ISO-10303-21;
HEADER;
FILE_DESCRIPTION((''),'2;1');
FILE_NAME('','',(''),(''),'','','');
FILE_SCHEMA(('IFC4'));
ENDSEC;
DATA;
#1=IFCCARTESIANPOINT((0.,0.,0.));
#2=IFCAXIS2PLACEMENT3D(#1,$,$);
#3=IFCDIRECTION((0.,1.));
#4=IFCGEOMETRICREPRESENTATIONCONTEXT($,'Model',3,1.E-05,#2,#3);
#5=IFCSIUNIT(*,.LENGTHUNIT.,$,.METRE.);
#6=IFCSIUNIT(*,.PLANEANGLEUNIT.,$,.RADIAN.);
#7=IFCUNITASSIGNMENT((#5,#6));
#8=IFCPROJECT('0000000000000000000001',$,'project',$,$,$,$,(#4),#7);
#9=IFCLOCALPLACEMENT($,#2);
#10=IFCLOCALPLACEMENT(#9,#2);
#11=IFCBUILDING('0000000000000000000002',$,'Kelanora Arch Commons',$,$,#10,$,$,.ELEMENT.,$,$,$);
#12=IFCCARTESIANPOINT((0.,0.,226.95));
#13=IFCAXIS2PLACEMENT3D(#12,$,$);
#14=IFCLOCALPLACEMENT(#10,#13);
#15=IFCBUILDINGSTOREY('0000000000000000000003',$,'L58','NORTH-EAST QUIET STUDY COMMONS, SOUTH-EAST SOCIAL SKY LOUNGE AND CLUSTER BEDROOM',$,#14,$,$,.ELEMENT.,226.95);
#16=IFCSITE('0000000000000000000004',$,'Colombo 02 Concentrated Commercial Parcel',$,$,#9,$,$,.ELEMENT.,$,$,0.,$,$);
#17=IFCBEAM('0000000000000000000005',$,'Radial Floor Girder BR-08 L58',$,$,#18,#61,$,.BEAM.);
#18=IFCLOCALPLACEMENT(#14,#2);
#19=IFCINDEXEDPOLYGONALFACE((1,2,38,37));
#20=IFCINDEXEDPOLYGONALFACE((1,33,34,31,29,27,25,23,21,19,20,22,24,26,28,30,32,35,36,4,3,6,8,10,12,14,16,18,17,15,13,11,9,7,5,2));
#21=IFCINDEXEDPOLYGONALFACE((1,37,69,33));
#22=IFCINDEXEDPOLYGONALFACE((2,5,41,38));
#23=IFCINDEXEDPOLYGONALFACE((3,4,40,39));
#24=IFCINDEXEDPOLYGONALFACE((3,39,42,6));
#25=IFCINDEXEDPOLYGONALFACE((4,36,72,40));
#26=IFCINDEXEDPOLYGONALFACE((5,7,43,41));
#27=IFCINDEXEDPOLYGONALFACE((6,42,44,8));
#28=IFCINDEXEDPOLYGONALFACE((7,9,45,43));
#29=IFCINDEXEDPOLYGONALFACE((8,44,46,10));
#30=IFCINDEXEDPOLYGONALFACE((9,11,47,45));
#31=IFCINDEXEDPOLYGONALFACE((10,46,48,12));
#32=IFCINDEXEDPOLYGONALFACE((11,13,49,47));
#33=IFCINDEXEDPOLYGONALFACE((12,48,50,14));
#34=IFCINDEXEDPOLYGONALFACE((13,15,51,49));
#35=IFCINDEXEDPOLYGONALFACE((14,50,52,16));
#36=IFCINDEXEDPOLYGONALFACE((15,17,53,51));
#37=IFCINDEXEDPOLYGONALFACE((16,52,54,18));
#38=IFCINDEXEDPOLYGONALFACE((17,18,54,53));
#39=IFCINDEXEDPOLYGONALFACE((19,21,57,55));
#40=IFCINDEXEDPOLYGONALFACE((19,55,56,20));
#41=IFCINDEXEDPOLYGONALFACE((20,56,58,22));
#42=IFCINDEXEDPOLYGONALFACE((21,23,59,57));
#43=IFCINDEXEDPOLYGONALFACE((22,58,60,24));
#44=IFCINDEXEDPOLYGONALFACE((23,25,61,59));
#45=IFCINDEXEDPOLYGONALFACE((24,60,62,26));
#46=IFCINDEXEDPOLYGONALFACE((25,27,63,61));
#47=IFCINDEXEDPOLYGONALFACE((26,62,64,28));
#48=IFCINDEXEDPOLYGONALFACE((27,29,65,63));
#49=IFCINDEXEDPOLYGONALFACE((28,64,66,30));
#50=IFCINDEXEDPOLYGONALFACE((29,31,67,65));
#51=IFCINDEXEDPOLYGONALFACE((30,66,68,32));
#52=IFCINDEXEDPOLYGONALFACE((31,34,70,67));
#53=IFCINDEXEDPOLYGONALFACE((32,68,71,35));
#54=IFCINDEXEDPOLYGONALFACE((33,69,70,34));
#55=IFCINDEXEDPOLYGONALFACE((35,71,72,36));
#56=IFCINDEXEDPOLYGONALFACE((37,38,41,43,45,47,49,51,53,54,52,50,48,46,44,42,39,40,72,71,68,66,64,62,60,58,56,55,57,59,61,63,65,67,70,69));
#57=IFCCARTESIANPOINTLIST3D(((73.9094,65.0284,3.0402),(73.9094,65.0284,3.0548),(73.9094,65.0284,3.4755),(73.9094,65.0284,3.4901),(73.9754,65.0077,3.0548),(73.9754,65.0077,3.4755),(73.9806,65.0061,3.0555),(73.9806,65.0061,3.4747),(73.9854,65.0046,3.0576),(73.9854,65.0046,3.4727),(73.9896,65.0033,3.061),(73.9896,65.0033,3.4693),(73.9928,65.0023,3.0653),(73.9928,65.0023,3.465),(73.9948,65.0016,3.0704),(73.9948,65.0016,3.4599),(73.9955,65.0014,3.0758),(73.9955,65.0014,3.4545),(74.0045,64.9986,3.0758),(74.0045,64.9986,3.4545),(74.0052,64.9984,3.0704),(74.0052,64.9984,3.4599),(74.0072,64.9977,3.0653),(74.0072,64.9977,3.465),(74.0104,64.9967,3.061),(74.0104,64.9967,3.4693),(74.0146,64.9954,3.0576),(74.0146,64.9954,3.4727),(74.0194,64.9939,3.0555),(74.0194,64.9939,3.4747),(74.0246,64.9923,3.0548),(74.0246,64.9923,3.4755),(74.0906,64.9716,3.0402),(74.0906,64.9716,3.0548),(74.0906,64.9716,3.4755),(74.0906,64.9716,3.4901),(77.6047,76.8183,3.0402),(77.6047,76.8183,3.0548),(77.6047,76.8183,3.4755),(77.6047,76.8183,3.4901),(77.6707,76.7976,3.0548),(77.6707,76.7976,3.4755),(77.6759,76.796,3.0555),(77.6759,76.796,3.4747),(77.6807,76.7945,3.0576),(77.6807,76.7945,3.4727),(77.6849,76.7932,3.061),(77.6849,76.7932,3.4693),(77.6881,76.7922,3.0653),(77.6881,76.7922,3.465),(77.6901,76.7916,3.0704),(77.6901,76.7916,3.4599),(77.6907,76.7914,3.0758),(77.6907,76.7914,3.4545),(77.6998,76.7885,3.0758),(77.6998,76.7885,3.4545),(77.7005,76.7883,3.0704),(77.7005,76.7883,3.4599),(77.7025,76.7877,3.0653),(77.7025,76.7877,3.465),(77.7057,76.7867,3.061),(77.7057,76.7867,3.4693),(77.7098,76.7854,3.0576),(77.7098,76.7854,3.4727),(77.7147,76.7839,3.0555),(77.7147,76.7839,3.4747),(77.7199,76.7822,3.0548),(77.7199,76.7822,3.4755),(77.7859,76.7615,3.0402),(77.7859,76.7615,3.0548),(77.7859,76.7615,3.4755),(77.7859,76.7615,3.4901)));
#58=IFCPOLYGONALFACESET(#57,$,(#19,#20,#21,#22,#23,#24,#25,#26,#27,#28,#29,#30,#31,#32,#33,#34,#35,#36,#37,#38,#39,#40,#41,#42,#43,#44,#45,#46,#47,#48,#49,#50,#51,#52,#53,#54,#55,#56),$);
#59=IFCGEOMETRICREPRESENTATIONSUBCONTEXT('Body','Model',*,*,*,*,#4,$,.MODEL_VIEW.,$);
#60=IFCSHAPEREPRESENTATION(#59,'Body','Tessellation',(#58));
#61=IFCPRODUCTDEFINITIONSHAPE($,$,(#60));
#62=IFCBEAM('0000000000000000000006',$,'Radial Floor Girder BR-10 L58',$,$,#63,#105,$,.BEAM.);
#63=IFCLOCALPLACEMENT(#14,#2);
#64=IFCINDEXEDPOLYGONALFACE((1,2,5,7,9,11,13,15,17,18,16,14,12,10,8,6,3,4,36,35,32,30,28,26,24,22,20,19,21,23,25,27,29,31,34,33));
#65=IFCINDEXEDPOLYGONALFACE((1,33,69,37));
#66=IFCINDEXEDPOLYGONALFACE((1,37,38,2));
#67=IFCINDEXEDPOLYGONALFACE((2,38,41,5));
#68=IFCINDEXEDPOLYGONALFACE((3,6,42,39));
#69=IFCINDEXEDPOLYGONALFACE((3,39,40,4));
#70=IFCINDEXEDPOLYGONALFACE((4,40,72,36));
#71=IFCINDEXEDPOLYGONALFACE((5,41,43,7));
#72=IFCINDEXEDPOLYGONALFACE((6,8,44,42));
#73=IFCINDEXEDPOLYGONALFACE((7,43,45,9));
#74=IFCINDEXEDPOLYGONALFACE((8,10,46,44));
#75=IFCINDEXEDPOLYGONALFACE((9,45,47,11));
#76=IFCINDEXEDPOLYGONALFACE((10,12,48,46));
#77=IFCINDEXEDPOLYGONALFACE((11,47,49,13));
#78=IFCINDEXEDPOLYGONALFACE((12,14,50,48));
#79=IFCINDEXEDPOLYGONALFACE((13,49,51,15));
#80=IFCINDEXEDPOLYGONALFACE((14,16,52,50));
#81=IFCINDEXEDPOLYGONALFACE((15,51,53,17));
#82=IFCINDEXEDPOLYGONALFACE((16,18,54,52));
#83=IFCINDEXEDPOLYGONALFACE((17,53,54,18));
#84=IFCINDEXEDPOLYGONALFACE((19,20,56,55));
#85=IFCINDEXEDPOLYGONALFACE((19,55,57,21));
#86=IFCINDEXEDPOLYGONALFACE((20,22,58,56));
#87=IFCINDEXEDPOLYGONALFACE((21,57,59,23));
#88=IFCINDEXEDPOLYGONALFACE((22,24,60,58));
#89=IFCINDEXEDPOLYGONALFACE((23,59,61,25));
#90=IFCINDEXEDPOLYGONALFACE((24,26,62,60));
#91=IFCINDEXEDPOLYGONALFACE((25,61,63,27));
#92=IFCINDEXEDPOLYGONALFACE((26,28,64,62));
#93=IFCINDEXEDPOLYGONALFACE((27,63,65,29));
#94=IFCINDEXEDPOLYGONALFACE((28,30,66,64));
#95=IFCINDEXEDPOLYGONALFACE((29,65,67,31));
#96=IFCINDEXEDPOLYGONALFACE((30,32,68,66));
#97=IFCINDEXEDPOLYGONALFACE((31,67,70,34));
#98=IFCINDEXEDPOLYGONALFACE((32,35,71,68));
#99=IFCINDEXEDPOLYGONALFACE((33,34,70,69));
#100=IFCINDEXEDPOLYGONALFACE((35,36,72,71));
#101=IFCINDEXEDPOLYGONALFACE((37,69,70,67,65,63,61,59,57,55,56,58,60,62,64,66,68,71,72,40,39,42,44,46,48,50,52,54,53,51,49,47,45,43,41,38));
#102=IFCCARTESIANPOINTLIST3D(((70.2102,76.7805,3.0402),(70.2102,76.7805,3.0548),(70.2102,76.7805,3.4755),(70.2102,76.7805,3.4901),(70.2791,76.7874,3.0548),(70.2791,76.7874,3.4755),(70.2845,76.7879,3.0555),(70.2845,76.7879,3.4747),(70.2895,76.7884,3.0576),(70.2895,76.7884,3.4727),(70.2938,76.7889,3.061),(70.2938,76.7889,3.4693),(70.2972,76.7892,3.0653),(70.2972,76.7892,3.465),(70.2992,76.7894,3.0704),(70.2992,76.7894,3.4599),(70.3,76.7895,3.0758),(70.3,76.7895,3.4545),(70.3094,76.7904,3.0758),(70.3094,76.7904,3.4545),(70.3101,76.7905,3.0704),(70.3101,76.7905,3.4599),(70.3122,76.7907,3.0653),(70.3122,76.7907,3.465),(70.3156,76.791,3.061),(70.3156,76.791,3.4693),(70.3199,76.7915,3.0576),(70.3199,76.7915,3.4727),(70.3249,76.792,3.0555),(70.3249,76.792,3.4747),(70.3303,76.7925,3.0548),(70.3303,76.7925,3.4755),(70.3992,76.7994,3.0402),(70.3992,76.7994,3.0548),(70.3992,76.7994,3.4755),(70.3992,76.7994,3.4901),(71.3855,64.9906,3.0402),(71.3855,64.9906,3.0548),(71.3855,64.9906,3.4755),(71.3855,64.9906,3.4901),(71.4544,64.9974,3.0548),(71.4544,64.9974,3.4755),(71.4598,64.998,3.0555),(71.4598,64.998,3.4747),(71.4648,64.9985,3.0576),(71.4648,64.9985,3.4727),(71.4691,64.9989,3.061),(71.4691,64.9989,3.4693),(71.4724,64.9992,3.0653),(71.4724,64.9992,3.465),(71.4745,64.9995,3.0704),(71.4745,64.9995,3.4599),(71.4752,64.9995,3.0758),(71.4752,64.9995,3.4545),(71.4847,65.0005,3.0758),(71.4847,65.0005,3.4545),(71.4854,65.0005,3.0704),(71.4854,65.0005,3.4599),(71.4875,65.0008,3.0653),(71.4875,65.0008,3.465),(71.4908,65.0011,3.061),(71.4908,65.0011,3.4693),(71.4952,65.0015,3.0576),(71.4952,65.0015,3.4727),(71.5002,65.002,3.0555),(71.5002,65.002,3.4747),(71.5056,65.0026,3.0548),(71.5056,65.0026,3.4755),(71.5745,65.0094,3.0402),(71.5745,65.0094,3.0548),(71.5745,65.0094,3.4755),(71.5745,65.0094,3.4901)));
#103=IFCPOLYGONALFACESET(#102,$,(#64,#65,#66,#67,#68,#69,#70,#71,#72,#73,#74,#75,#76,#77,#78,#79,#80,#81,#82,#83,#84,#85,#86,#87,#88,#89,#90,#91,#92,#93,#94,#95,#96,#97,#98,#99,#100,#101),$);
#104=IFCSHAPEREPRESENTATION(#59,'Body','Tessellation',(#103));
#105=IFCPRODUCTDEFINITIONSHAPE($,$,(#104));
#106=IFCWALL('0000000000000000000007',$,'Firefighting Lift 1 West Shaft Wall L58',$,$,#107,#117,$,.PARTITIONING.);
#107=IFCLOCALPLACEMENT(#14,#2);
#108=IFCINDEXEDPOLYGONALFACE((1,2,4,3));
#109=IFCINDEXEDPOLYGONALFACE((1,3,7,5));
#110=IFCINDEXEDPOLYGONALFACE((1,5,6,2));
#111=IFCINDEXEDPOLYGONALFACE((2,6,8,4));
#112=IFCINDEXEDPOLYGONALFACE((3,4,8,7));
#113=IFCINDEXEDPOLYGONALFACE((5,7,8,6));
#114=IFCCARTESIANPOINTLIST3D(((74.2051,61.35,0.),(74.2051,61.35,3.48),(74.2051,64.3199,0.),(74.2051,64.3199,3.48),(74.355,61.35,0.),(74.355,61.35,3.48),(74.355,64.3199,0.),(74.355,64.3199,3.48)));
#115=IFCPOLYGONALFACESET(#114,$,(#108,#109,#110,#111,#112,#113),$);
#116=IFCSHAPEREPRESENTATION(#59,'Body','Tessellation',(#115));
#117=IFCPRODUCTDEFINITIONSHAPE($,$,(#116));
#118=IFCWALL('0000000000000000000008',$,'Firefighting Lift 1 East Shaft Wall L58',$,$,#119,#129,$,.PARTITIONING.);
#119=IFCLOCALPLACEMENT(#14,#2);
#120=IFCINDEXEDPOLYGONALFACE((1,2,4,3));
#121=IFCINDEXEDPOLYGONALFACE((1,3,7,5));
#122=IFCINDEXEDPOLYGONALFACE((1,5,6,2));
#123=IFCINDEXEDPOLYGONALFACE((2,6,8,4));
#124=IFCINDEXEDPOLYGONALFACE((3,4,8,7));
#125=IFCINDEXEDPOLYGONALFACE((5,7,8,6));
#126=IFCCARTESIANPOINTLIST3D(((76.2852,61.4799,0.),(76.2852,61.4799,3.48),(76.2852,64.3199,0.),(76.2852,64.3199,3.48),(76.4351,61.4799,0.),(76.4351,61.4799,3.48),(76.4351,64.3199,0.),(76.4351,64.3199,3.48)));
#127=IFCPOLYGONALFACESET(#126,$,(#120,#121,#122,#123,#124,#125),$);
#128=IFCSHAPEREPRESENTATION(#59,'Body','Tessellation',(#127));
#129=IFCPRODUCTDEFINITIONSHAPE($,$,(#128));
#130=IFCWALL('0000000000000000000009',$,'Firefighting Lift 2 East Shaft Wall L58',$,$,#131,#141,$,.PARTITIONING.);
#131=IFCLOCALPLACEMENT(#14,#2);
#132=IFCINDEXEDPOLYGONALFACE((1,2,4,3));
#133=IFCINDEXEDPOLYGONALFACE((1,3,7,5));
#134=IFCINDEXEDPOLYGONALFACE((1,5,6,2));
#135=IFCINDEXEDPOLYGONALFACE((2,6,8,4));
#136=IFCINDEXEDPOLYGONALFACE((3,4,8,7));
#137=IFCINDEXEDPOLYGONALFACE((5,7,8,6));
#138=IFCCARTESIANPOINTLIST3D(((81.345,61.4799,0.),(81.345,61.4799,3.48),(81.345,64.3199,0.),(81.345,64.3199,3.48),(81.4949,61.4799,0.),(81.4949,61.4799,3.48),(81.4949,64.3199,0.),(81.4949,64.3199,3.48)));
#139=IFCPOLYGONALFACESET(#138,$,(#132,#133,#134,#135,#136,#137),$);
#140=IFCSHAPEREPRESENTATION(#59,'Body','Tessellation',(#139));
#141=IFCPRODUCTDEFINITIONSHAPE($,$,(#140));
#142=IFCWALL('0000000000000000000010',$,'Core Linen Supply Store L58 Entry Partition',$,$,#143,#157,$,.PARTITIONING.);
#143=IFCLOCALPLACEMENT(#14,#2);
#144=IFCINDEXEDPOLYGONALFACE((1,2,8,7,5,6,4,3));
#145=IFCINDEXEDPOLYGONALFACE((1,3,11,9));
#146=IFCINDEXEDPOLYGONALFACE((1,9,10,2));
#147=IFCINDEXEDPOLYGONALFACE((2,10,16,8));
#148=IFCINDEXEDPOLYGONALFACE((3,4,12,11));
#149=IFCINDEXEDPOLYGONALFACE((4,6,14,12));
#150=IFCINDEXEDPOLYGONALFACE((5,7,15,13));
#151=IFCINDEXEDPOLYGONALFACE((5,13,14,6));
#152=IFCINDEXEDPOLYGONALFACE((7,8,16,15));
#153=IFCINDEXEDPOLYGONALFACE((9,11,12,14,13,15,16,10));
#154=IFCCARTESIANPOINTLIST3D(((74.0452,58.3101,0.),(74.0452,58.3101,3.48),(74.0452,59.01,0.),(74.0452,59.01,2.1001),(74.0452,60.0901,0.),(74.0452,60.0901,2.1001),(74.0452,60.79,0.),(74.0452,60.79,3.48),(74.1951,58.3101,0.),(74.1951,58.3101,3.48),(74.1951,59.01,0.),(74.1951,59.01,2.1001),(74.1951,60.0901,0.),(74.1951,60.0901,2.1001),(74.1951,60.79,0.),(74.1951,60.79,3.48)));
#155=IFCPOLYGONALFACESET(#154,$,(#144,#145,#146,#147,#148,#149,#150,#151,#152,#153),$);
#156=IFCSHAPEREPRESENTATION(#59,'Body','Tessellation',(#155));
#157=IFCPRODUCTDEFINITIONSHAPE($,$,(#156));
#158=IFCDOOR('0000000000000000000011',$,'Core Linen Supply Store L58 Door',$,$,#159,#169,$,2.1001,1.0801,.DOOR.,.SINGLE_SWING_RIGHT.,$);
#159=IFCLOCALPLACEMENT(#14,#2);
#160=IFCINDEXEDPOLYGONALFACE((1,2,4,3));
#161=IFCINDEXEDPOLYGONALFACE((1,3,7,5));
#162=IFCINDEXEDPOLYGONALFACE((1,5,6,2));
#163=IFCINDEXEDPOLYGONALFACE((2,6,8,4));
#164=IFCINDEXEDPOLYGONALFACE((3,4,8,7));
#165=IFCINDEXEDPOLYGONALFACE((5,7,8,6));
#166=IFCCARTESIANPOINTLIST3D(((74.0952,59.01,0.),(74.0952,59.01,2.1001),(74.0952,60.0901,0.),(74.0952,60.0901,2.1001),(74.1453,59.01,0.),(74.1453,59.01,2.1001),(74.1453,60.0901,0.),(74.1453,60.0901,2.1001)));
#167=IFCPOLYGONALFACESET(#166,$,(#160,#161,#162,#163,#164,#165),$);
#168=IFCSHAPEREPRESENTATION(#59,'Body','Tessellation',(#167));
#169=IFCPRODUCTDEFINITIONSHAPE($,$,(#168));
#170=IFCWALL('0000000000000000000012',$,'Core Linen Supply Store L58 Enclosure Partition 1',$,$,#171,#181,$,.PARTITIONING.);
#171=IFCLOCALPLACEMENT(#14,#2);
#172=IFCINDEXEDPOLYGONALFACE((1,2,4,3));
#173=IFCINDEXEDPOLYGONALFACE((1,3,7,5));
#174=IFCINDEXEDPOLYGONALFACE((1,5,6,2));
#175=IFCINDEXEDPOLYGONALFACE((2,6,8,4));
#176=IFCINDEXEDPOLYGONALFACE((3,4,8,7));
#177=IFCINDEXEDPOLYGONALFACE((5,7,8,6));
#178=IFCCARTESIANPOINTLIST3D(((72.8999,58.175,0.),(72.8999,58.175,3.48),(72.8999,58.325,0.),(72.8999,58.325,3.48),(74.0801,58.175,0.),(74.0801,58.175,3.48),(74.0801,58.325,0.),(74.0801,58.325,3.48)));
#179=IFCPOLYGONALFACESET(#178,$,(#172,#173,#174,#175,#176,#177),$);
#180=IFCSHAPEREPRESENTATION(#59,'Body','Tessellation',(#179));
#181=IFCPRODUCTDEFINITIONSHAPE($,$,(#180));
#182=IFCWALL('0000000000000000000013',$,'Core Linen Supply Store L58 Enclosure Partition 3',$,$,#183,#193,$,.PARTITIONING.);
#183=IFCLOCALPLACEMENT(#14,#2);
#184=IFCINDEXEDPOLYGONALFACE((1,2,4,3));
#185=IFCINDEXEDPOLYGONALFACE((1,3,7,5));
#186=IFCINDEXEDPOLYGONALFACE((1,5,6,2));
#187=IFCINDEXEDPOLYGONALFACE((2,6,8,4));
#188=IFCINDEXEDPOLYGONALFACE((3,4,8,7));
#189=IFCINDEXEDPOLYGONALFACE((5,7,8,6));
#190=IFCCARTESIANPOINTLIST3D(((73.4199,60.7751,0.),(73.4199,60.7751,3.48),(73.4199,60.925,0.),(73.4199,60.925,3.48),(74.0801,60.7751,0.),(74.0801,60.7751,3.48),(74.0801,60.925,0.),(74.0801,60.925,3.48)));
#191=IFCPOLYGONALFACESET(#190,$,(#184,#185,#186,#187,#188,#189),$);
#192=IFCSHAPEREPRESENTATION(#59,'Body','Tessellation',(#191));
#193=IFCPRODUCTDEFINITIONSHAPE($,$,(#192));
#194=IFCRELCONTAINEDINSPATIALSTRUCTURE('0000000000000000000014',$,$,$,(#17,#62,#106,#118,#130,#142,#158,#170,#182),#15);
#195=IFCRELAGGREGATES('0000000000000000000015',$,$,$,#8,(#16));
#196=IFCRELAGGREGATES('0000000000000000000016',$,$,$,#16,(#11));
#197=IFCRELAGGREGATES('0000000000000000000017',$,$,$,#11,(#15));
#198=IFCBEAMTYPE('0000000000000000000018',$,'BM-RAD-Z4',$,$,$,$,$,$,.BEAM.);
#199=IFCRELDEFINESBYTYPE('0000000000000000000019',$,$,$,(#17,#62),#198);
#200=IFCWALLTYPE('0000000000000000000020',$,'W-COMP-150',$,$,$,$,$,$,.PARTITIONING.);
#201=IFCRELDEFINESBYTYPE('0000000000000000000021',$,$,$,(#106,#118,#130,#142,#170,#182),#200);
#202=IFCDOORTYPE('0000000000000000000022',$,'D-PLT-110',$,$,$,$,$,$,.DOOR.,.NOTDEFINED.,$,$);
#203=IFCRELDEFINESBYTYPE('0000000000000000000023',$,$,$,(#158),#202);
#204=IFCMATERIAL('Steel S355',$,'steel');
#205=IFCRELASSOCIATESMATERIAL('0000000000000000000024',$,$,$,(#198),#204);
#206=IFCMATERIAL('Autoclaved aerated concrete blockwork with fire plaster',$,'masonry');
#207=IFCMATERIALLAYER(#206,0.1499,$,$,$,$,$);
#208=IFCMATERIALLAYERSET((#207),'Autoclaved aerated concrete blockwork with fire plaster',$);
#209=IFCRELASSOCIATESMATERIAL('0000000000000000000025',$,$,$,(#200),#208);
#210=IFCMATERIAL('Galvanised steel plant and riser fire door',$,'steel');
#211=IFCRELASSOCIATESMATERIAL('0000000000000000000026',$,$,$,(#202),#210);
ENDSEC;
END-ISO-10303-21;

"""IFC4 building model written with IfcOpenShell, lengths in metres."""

from ifc_helpers import new_model, si_unit, direction, frame, frame_2d, origin, origin_2d, place, context, subcontext, project, spatial, rectangle, i_section, extrude, material, layer, layer_set, material_profile, profile_set, type_object, element, fill, save


model = new_model("IFC4")

# Units and contexts
model_context = context("Model", 3, precision=1e-05, world=origin(), true_north=direction((0.0, 1.0)))
body_context = subcontext(model_context, "Body", "Model", "MODEL_VIEW")
ifc_project = project(units=[si_unit("LENGTHUNIT", "METRE"), si_unit("PLANEANGLEUNIT", "RADIAN")], contexts=[model_context])

# Site, building, storey
site_placement = place(None, origin())
site = spatial("IfcSite", under=ifc_project, at=site_placement, Name="Colombo 02 Concentrated Commercial Parcel", CompositionType="ELEMENT", RefElevation=0.0)
building_placement = place(site_placement, origin())
building = spatial("IfcBuilding", under=site, at=building_placement, Name="Kelanora Arch Commons", CompositionType="ELEMENT")
storey_placement = place(building_placement, frame((0.0, 0.0, 226.95)))
storey = spatial("IfcBuildingStorey", under=building, at=storey_placement, Name="L58", Description="NORTH-EAST QUIET STUDY COMMONS, SOUTH-EAST SOCIAL SKY LOUNGE AND CLUSTER BEDROOM", CompositionType="ELEMENT", Elevation=226.95)

# Beams
ifc_material_1 = material(Name="Steel S355", Category="steel")
ifc_material_profile_1 = material_profile(ifc_material_1, i_section(OverallWidth=0.1899, OverallDepth=0.45, WebThickness=0.0095, FlangeThickness=0.0146, FilletRadius=0.021, at=origin_2d()), Name="IPE450")
ifc_profile_set_1 = profile_set([ifc_material_profile_1], Name="Steel S355")
beam_type_1 = type_object("IfcBeamType", Name="BM-RAD-Z4", PredefinedType="BEAM", material=ifc_profile_set_1)
beam_1_placement = place(storey_placement, frame((74.0, 65.0, 3.2651), z_axis=(0.29908, 0.954228, 0.0), x_axis=(-0.954228, 0.29908, 0.0)))
element("IfcBeam", 1, at=beam_1_placement, inside=storey, type_object=beam_type_1, Name="Radial Floor Girder BR-08 L58", PredefinedType="BEAM", context=body_context, shape_type="SweptSolid", body=[
    extrude(i_section(OverallWidth=0.1899, OverallDepth=0.45, WebThickness=0.0095, FlangeThickness=0.0146, FilletRadius=0.021, at=origin_2d()), origin(), (0.0, 0.0, 1.0), 12.3555),
])
beam_2_placement = place(storey_placement, frame((71.48, 65.0, 3.2651), z_axis=(-0.099194, 0.995068, 0.0), x_axis=(-0.995068, -0.099194, 0.0)))
element("IfcBeam", 2, at=beam_2_placement, inside=storey, type_object=beam_type_1, Name="Radial Floor Girder BR-10 L58", PredefinedType="BEAM", context=body_context, shape_type="SweptSolid", body=[
    extrude(i_section(OverallWidth=0.1899, OverallDepth=0.45, WebThickness=0.0095, FlangeThickness=0.0146, FilletRadius=0.021, at=origin_2d()), origin(), (0.0, 0.0, 1.0), 11.8484),
])

# Walls
ifc_material_2 = material(Name="Autoclaved aerated concrete blockwork with fire plaster", Category="masonry")
ifc_layer_1 = layer(ifc_material_2, 0.1499)
ifc_layer_set_1 = layer_set([ifc_layer_1], Name="Autoclaved aerated concrete blockwork with fire plaster")
wall_type_1 = type_object("IfcWallType", Name="W-COMP-150", PredefinedType="PARTITIONING", material=ifc_layer_set_1)
wall_1_placement = place(storey_placement, frame((74.28, 61.3501, 0.0), z_axis=(0.0, 0.0, 1.0), x_axis=(0.0, 1.0, 0.0)))
element("IfcWall", 3, at=wall_1_placement, inside=storey, type_object=wall_type_1, Name="Firefighting Lift 1 West Shaft Wall L58", PredefinedType="PARTITIONING", context=body_context, shape_type="SweptSolid", body=[
    extrude(rectangle(XDim=2.97, YDim=0.1499, at=frame_2d((1.4849, 0.0))), origin(), (0.0, 0.0, 1.0), 3.48),
])
for number, where, z_axis, x_axis, name in (
    (4, (76.3601, 61.48, 0.0), (0.0, 0.0, 1.0), (0.0, 1.0, 0.0), "Firefighting Lift 1 East Shaft Wall L58"),
    (5, (81.4199, 61.48, 0.0), (0.0, 0.0, 1.0), (0.0, 1.0, 0.0), "Firefighting Lift 2 East Shaft Wall L58"),
):
    element("IfcWall", number, at=place(storey_placement, frame(where, z_axis=z_axis, x_axis=x_axis)), inside=storey, type_object=wall_type_1, Name=name, PredefinedType="PARTITIONING", context=body_context, shape_type="SweptSolid", body=[
        extrude(rectangle(XDim=2.8401, YDim=0.1499, at=frame_2d((1.4199, 0.0))), origin(), (0.0, 0.0, 1.0), 3.48),
    ])

# Wall, opening, door
wall_2_placement = place(storey_placement, frame((74.1201, 58.3101, 0.0), z_axis=(0.0, 0.0, 1.0), x_axis=(0.0, 1.0, 0.0)))
wall_2 = element("IfcWall", 6, at=wall_2_placement, inside=storey, type_object=wall_type_1, Name="Core Linen Supply Store L58 Entry Partition", PredefinedType="PARTITIONING", context=body_context, shape_type="SweptSolid", body=[
    extrude(rectangle(XDim=2.48, YDim=0.1499, at=frame_2d((1.24, 0.0))), origin(), (0.0, 0.0, 1.0), 3.48),
])
opening_1_placement = place(wall_2_placement, frame((0.7, 0.0, 0.0)))
opening_1 = element("IfcOpeningElement", 7, at=opening_1_placement, cuts=wall_2, PredefinedType="OPENING", context=body_context, shape_type="SweptSolid", body=[
    extrude(rectangle(XDim=1.0801, YDim=2.1001, at=frame_2d((0.54, 1.05))), frame((0.0, 0.085, 0.0), z_axis=(0.0, -1.0, 0.0), x_axis=(1.0, 0.0, 0.0)), (0.0, 0.0, 1.0), 0.1699),
])
ifc_material_3 = material(Name="Galvanised steel plant and riser fire door", Category="steel")
door_type_1 = type_object("IfcDoorType", Name="D-PLT-110", OperationType="NOTDEFINED", PredefinedType="DOOR", material=ifc_material_3)
door_1_placement = place(opening_1_placement, origin())
door_1 = element("IfcDoor", 8, at=door_1_placement, inside=storey, type_object=door_type_1, Name="Core Linen Supply Store L58 Door", OperationType="SINGLE_SWING_RIGHT", OverallHeight=2.1001, OverallWidth=1.0801, PredefinedType="DOOR", context=body_context, shape_type="SweptSolid", body=[
    extrude(rectangle(XDim=1.0801, YDim=2.1001, at=frame_2d((0.54, 1.05))), frame((0.0, 0.0249, 0.0), z_axis=(0.0, -1.0, 0.0), x_axis=(1.0, 0.0, 0.0)), (0.0, 0.0, 1.0), 0.05),
])
fill(opening_1, door_1)

# Walls
wall_3_placement = place(storey_placement, frame((72.8999, 58.25, 0.0), z_axis=(0.0, 0.0, 1.0), x_axis=(1.0, 0.0, 0.0)))
element("IfcWall", 9, at=wall_3_placement, inside=storey, type_object=wall_type_1, Name="Core Linen Supply Store L58 Enclosure Partition 1", PredefinedType="PARTITIONING", context=body_context, shape_type="SweptSolid", body=[
    extrude(rectangle(XDim=1.1802, YDim=0.1499, at=frame_2d((0.5901, 0.0))), origin(), (0.0, 0.0, 1.0), 3.48),
])
wall_4_placement = place(storey_placement, frame((74.0801, 60.8501, 0.0), z_axis=(0.0, 0.0, 1.0), x_axis=(-1.0, 0.0, 0.0)))
element("IfcWall", 10, at=wall_4_placement, inside=storey, type_object=wall_type_1, Name="Core Linen Supply Store L58 Enclosure Partition 3", PredefinedType="PARTITIONING", context=body_context, shape_type="SweptSolid", body=[
    extrude(rectangle(XDim=0.6602, YDim=0.1499, at=frame_2d((0.3301, 0.0))), origin(), (0.0, 0.0, 1.0), 3.48),
])

save(model, "model.ifc")
